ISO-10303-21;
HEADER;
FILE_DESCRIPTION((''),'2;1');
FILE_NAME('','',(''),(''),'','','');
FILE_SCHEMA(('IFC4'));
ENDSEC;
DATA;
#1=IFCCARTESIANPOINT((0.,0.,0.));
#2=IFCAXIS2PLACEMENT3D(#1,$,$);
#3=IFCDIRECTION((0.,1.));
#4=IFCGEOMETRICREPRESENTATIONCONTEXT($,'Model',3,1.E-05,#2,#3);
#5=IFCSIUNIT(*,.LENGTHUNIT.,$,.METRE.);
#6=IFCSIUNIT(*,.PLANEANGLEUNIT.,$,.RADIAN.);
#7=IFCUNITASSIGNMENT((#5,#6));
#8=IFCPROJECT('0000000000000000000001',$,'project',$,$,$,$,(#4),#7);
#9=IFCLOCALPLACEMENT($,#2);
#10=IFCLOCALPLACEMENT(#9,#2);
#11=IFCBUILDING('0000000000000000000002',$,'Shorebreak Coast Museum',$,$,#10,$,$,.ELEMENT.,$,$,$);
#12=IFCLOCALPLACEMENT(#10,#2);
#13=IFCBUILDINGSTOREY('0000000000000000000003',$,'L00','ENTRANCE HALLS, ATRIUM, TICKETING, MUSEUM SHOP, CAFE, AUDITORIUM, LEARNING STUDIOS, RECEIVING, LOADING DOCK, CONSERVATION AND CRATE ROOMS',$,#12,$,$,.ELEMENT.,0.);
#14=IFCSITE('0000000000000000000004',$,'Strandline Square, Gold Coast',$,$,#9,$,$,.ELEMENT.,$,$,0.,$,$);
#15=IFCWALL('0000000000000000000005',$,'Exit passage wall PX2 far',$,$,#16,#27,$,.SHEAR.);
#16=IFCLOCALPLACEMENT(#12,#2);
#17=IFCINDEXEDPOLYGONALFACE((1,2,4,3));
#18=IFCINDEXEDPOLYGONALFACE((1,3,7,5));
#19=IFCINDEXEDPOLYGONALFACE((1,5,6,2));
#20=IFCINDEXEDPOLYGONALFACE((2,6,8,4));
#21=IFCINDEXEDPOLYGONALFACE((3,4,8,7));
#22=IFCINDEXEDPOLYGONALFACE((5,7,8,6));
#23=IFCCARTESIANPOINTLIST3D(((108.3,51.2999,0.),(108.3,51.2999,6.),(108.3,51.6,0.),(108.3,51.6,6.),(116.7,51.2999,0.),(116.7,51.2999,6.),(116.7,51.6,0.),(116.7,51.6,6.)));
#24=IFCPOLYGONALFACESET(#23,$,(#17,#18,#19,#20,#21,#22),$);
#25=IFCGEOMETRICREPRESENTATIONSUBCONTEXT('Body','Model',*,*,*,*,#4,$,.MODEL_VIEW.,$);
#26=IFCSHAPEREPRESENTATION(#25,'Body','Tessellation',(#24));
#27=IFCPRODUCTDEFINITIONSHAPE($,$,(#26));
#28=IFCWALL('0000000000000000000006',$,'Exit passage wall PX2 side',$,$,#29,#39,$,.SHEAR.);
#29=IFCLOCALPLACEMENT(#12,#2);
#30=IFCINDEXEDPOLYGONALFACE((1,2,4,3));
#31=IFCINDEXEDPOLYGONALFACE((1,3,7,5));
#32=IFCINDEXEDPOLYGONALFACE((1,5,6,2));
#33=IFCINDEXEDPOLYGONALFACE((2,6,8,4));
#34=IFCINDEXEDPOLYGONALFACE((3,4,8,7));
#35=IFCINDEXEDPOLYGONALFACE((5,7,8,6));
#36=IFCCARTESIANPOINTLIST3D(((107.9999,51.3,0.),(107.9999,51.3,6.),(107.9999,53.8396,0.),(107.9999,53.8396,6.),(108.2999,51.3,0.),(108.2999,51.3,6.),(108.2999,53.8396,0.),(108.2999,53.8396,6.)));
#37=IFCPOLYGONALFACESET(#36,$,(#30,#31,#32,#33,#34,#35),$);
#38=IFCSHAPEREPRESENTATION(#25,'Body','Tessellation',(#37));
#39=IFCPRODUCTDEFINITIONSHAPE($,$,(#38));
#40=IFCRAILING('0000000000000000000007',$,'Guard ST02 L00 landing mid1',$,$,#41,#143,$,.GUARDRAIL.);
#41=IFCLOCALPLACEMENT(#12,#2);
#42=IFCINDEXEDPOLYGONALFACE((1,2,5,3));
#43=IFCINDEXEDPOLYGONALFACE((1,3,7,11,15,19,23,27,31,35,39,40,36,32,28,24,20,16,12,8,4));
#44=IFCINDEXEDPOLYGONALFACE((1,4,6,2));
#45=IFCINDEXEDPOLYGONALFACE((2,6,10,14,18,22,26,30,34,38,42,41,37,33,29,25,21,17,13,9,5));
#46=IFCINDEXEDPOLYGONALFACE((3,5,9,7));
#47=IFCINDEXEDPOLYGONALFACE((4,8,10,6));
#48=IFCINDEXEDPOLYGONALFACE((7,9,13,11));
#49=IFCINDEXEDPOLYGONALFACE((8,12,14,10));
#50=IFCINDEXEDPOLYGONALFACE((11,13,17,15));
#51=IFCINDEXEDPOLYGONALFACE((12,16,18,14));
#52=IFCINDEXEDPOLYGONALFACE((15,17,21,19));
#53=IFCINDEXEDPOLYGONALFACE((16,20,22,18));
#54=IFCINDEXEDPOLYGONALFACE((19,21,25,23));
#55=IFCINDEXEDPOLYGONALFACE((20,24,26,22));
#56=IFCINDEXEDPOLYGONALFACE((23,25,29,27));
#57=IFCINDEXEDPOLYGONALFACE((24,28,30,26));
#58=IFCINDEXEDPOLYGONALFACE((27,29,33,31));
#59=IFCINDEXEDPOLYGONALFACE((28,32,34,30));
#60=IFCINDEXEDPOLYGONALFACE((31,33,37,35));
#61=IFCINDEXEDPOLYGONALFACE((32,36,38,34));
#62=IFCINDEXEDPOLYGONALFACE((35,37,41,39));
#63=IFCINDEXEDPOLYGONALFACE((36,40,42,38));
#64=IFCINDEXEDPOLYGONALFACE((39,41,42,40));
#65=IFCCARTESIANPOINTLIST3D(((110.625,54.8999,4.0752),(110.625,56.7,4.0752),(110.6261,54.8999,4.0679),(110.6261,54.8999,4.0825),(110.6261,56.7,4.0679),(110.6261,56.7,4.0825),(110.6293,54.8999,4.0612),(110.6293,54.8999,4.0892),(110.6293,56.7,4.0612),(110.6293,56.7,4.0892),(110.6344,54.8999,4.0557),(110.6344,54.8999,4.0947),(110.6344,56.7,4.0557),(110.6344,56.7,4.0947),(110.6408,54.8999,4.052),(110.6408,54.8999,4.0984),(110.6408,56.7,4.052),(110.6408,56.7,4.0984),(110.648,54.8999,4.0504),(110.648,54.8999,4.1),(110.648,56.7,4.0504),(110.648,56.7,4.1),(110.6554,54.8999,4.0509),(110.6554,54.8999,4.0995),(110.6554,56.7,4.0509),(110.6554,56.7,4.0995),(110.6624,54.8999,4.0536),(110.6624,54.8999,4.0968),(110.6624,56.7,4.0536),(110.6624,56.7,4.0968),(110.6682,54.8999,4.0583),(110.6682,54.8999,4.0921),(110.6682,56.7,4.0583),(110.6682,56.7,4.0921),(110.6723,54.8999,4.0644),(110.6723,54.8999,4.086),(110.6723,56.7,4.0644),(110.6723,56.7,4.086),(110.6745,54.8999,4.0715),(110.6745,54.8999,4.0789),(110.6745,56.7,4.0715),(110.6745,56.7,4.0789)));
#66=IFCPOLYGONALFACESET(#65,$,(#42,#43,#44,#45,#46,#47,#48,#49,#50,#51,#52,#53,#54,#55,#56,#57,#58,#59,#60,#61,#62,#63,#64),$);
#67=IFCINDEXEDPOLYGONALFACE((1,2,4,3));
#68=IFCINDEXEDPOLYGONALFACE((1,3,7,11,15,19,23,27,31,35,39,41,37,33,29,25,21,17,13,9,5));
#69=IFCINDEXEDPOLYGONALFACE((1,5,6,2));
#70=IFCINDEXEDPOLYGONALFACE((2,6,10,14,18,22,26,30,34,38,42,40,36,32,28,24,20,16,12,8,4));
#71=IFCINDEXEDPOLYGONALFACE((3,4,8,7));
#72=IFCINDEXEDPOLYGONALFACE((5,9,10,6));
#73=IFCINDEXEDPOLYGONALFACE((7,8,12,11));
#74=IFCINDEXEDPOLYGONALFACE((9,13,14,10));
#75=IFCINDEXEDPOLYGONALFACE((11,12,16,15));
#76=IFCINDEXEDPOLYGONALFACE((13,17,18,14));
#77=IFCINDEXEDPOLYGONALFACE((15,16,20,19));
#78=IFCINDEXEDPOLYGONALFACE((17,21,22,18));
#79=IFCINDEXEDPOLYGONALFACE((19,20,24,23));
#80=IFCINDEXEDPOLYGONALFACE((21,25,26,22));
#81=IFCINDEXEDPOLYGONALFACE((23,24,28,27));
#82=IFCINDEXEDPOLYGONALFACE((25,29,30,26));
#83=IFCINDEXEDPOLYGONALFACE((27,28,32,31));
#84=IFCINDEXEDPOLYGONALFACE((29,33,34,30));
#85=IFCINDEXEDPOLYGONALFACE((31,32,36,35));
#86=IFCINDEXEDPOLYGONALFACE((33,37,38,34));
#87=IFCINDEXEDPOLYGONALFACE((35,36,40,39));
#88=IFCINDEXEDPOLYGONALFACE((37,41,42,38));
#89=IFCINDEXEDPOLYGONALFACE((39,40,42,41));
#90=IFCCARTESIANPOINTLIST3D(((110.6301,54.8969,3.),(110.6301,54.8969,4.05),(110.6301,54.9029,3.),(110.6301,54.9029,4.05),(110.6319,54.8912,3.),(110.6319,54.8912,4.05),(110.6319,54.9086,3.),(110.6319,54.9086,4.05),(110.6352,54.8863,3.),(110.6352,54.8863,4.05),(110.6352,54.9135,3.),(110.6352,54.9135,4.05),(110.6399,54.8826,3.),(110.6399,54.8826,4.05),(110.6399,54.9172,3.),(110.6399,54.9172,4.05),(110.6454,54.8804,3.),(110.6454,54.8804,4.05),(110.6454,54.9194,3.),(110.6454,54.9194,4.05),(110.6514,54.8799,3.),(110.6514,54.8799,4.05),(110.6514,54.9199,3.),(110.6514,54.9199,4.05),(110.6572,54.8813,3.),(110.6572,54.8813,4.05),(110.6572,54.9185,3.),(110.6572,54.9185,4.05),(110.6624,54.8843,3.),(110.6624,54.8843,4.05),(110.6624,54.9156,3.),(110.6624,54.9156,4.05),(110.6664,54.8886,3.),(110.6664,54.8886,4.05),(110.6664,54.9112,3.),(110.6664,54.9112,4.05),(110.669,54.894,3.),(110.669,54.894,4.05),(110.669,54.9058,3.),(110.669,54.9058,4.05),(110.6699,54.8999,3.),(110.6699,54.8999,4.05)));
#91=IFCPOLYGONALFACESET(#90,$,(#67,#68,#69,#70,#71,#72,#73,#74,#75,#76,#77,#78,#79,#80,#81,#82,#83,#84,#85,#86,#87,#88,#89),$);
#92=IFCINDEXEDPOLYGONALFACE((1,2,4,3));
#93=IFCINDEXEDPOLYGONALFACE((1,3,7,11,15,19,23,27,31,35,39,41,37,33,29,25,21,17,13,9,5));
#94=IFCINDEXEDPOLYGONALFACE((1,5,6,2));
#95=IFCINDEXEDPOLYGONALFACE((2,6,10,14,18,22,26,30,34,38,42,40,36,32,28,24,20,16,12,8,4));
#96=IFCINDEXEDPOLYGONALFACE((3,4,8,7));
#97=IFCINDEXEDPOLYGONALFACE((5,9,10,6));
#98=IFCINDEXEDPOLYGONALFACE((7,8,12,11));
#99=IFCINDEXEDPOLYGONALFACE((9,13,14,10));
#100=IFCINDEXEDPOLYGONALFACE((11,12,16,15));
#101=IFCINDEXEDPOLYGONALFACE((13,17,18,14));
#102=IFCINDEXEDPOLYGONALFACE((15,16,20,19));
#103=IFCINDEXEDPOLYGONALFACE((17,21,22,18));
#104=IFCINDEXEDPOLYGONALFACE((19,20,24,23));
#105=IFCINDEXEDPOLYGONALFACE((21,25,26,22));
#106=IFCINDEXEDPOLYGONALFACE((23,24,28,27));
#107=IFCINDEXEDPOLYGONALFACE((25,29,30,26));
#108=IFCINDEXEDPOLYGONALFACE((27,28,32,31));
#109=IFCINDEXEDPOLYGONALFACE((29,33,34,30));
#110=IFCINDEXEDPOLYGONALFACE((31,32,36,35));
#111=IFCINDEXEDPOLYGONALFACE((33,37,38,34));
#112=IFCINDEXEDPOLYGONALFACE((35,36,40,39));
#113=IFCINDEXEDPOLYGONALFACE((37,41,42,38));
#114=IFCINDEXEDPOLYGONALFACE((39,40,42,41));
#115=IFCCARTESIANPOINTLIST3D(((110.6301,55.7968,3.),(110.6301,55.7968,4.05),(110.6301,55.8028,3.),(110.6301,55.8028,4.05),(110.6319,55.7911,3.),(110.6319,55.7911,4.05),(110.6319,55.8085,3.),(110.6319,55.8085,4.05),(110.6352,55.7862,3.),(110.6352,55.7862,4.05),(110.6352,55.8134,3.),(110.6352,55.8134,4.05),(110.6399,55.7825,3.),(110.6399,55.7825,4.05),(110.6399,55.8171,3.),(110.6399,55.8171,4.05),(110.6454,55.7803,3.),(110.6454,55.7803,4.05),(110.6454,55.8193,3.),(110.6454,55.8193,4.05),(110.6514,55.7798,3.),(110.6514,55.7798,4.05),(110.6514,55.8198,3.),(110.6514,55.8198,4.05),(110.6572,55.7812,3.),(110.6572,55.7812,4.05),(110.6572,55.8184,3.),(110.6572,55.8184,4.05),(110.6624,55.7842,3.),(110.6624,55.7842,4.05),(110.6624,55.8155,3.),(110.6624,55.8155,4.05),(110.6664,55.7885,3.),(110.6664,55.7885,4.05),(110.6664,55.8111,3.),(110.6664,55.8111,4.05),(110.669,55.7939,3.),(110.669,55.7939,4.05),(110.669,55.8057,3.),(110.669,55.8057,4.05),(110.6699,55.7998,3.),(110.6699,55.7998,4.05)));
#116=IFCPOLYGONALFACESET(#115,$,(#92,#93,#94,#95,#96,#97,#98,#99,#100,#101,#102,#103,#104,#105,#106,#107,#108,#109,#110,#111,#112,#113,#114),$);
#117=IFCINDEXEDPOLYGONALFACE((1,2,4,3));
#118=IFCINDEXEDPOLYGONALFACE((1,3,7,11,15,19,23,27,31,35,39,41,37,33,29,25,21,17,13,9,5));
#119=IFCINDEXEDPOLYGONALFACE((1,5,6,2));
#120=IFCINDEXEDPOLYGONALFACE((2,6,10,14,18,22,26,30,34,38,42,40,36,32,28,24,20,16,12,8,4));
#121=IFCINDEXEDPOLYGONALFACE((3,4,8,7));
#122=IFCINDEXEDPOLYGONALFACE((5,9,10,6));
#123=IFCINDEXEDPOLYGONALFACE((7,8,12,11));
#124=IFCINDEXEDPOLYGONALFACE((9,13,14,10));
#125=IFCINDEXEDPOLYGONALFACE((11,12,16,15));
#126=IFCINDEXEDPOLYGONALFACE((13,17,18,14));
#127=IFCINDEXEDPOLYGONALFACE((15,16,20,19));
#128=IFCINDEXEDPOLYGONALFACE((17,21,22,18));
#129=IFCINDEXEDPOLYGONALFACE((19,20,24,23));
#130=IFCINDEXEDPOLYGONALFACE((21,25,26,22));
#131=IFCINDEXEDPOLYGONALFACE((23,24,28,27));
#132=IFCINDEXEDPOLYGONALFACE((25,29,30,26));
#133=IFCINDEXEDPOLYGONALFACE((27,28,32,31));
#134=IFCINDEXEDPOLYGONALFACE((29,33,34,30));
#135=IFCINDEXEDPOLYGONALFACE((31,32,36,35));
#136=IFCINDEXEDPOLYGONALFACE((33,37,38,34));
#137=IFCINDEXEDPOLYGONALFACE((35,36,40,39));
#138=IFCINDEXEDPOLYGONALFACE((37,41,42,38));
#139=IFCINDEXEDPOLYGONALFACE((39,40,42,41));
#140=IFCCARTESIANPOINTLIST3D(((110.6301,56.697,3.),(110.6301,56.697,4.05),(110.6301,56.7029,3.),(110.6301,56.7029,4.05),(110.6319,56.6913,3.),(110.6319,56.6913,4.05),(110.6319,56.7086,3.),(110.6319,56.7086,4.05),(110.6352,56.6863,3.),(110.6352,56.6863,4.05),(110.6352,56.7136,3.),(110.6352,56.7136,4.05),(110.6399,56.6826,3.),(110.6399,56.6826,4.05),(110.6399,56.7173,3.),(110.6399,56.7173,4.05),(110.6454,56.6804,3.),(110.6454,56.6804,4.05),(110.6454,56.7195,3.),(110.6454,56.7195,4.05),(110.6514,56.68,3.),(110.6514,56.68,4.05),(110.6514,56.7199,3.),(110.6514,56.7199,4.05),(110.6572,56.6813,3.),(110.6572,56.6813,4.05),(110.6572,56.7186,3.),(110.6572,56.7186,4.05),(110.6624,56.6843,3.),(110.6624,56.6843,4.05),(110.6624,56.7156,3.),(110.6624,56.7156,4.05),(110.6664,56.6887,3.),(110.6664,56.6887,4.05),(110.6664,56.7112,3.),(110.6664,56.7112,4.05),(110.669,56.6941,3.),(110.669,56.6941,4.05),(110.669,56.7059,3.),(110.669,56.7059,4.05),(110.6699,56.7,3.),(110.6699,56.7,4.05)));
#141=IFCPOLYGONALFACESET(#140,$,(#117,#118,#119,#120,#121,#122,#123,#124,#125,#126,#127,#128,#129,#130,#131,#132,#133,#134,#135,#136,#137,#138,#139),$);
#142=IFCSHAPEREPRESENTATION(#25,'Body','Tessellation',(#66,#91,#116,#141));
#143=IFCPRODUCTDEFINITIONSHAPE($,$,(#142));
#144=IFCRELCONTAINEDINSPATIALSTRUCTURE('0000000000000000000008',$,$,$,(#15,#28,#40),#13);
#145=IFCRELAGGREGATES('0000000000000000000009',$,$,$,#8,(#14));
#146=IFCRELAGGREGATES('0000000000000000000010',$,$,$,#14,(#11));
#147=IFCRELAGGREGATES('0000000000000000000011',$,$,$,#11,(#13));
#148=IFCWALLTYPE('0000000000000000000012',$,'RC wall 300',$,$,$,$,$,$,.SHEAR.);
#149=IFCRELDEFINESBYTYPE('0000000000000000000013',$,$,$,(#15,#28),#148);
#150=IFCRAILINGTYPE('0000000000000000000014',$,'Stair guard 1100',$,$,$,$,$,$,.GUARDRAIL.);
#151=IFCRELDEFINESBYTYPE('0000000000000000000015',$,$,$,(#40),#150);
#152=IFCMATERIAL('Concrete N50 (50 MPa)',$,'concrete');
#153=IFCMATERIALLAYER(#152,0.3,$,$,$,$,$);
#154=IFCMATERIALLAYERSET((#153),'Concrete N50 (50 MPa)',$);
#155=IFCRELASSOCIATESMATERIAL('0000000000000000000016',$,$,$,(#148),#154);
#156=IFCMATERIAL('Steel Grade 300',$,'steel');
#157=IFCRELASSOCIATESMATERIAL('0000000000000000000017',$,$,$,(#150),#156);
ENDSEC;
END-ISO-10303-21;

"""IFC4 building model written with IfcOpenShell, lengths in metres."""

from ifc_helpers import new_model, si_unit, direction, frame, frame_2d, origin, origin_2d, place, context, subcontext, project, spatial, rectangle, circle, extrude, material, layer, layer_set, type_object, element, save


model = new_model("IFC4")

# Units and contexts
model_context = context("Model", 3, precision=1e-05, world=origin(), true_north=direction((0.0, 1.0)))
body_context = subcontext(model_context, "Body", "Model", "MODEL_VIEW")
ifc_project = project(units=[si_unit("LENGTHUNIT", "METRE"), si_unit("PLANEANGLEUNIT", "RADIAN")], contexts=[model_context])

# Site, building, storey
site_placement = place(None, origin())
site = spatial("IfcSite", under=ifc_project, at=site_placement, Name="Strandline Square, Gold Coast", CompositionType="ELEMENT", RefElevation=0.0)
building_placement = place(site_placement, origin())
building = spatial("IfcBuilding", under=site, at=building_placement, Name="Shorebreak Coast Museum", CompositionType="ELEMENT")
storey_placement = place(building_placement, origin())
storey = spatial("IfcBuildingStorey", under=building, at=storey_placement, Name="L00", Description="ENTRANCE HALLS, ATRIUM, TICKETING, MUSEUM SHOP, CAFE, AUDITORIUM, LEARNING STUDIOS, RECEIVING, LOADING DOCK, CONSERVATION AND CRATE ROOMS", CompositionType="ELEMENT", Elevation=0.0)

# Shared definitions
ifc_material_1 = material(Name="Concrete N50 (50 MPa)", Category="concrete")
ifc_layer_1 = layer(ifc_material_1, 0.3)
ifc_layer_set_1 = layer_set([ifc_layer_1], Name="Concrete N50 (50 MPa)")
wall_type_1 = type_object("IfcWallType", Name="RC wall 300", PredefinedType="SHEAR", material=ifc_layer_set_1)

# Walls
wall_1_placement = place(storey_placement, frame((108.3, 51.45, 0.0), z_axis=(0.0, 0.0, 1.0), x_axis=(1.0, 0.0, 0.0)))
element("IfcWall", 1, at=wall_1_placement, inside=storey, type_object=wall_type_1, Name="Exit passage wall PX2 far", PredefinedType="SHEAR", context=body_context, shape_type="SweptSolid", body=[
    extrude(rectangle(XDim=8.3999, YDim=0.3, at=frame_2d((4.2, 0.0))), origin(), (0.0, 0.0, 1.0), 6.0),
])
wall_2_placement = place(storey_placement, frame((108.1499, 51.3, 0.0), z_axis=(0.0, 0.0, 1.0), x_axis=(0.0, 1.0, 0.0)))
element("IfcWall", 2, at=wall_2_placement, inside=storey, type_object=wall_type_1, Name="Exit passage wall PX2 side", PredefinedType="SHEAR", context=body_context, shape_type="SweptSolid", body=[
    extrude(rectangle(XDim=2.5396, YDim=0.3, at=frame_2d((1.2698, 0.0))), origin(), (0.0, 0.0, 1.0), 6.0),
])

# Railing
ifc_material_2 = material(Name="Steel Grade 300", Category="steel")
railing_type_1 = type_object("IfcRailingType", Name="Stair guard 1100", PredefinedType="GUARDRAIL", material=ifc_material_2)
railing_1_placement = place(storey_placement, frame((110.6499, 54.8999, 3.0)))
element("IfcRailing", 3, at=railing_1_placement, inside=storey, type_object=railing_type_1, Name="Guard ST02 L00 landing mid1", PredefinedType="GUARDRAIL", context=body_context, shape_type="SweptSolid", body=[
    extrude(circle(Radius=0.0249, at=origin_2d()), frame((0.0, 0.0, 1.0752), z_axis=(0.0, 1.0, 0.0), x_axis=(-1.0, 0.0, 0.0)), (0.0, 0.0, 1.0), 1.8),
    extrude(circle(Radius=0.02, at=origin_2d()), origin(), (0.0, 0.0, 1.0), 1.05),
    extrude(circle(Radius=0.02, at=origin_2d()), frame((0.0, 0.8999, 0.0)), (0.0, 0.0, 1.0), 1.05),
    extrude(circle(Radius=0.02, at=origin_2d()), frame((0.0, 1.8, 0.0)), (0.0, 0.0, 1.0), 1.05),
])

save(model, "model.ifc")
